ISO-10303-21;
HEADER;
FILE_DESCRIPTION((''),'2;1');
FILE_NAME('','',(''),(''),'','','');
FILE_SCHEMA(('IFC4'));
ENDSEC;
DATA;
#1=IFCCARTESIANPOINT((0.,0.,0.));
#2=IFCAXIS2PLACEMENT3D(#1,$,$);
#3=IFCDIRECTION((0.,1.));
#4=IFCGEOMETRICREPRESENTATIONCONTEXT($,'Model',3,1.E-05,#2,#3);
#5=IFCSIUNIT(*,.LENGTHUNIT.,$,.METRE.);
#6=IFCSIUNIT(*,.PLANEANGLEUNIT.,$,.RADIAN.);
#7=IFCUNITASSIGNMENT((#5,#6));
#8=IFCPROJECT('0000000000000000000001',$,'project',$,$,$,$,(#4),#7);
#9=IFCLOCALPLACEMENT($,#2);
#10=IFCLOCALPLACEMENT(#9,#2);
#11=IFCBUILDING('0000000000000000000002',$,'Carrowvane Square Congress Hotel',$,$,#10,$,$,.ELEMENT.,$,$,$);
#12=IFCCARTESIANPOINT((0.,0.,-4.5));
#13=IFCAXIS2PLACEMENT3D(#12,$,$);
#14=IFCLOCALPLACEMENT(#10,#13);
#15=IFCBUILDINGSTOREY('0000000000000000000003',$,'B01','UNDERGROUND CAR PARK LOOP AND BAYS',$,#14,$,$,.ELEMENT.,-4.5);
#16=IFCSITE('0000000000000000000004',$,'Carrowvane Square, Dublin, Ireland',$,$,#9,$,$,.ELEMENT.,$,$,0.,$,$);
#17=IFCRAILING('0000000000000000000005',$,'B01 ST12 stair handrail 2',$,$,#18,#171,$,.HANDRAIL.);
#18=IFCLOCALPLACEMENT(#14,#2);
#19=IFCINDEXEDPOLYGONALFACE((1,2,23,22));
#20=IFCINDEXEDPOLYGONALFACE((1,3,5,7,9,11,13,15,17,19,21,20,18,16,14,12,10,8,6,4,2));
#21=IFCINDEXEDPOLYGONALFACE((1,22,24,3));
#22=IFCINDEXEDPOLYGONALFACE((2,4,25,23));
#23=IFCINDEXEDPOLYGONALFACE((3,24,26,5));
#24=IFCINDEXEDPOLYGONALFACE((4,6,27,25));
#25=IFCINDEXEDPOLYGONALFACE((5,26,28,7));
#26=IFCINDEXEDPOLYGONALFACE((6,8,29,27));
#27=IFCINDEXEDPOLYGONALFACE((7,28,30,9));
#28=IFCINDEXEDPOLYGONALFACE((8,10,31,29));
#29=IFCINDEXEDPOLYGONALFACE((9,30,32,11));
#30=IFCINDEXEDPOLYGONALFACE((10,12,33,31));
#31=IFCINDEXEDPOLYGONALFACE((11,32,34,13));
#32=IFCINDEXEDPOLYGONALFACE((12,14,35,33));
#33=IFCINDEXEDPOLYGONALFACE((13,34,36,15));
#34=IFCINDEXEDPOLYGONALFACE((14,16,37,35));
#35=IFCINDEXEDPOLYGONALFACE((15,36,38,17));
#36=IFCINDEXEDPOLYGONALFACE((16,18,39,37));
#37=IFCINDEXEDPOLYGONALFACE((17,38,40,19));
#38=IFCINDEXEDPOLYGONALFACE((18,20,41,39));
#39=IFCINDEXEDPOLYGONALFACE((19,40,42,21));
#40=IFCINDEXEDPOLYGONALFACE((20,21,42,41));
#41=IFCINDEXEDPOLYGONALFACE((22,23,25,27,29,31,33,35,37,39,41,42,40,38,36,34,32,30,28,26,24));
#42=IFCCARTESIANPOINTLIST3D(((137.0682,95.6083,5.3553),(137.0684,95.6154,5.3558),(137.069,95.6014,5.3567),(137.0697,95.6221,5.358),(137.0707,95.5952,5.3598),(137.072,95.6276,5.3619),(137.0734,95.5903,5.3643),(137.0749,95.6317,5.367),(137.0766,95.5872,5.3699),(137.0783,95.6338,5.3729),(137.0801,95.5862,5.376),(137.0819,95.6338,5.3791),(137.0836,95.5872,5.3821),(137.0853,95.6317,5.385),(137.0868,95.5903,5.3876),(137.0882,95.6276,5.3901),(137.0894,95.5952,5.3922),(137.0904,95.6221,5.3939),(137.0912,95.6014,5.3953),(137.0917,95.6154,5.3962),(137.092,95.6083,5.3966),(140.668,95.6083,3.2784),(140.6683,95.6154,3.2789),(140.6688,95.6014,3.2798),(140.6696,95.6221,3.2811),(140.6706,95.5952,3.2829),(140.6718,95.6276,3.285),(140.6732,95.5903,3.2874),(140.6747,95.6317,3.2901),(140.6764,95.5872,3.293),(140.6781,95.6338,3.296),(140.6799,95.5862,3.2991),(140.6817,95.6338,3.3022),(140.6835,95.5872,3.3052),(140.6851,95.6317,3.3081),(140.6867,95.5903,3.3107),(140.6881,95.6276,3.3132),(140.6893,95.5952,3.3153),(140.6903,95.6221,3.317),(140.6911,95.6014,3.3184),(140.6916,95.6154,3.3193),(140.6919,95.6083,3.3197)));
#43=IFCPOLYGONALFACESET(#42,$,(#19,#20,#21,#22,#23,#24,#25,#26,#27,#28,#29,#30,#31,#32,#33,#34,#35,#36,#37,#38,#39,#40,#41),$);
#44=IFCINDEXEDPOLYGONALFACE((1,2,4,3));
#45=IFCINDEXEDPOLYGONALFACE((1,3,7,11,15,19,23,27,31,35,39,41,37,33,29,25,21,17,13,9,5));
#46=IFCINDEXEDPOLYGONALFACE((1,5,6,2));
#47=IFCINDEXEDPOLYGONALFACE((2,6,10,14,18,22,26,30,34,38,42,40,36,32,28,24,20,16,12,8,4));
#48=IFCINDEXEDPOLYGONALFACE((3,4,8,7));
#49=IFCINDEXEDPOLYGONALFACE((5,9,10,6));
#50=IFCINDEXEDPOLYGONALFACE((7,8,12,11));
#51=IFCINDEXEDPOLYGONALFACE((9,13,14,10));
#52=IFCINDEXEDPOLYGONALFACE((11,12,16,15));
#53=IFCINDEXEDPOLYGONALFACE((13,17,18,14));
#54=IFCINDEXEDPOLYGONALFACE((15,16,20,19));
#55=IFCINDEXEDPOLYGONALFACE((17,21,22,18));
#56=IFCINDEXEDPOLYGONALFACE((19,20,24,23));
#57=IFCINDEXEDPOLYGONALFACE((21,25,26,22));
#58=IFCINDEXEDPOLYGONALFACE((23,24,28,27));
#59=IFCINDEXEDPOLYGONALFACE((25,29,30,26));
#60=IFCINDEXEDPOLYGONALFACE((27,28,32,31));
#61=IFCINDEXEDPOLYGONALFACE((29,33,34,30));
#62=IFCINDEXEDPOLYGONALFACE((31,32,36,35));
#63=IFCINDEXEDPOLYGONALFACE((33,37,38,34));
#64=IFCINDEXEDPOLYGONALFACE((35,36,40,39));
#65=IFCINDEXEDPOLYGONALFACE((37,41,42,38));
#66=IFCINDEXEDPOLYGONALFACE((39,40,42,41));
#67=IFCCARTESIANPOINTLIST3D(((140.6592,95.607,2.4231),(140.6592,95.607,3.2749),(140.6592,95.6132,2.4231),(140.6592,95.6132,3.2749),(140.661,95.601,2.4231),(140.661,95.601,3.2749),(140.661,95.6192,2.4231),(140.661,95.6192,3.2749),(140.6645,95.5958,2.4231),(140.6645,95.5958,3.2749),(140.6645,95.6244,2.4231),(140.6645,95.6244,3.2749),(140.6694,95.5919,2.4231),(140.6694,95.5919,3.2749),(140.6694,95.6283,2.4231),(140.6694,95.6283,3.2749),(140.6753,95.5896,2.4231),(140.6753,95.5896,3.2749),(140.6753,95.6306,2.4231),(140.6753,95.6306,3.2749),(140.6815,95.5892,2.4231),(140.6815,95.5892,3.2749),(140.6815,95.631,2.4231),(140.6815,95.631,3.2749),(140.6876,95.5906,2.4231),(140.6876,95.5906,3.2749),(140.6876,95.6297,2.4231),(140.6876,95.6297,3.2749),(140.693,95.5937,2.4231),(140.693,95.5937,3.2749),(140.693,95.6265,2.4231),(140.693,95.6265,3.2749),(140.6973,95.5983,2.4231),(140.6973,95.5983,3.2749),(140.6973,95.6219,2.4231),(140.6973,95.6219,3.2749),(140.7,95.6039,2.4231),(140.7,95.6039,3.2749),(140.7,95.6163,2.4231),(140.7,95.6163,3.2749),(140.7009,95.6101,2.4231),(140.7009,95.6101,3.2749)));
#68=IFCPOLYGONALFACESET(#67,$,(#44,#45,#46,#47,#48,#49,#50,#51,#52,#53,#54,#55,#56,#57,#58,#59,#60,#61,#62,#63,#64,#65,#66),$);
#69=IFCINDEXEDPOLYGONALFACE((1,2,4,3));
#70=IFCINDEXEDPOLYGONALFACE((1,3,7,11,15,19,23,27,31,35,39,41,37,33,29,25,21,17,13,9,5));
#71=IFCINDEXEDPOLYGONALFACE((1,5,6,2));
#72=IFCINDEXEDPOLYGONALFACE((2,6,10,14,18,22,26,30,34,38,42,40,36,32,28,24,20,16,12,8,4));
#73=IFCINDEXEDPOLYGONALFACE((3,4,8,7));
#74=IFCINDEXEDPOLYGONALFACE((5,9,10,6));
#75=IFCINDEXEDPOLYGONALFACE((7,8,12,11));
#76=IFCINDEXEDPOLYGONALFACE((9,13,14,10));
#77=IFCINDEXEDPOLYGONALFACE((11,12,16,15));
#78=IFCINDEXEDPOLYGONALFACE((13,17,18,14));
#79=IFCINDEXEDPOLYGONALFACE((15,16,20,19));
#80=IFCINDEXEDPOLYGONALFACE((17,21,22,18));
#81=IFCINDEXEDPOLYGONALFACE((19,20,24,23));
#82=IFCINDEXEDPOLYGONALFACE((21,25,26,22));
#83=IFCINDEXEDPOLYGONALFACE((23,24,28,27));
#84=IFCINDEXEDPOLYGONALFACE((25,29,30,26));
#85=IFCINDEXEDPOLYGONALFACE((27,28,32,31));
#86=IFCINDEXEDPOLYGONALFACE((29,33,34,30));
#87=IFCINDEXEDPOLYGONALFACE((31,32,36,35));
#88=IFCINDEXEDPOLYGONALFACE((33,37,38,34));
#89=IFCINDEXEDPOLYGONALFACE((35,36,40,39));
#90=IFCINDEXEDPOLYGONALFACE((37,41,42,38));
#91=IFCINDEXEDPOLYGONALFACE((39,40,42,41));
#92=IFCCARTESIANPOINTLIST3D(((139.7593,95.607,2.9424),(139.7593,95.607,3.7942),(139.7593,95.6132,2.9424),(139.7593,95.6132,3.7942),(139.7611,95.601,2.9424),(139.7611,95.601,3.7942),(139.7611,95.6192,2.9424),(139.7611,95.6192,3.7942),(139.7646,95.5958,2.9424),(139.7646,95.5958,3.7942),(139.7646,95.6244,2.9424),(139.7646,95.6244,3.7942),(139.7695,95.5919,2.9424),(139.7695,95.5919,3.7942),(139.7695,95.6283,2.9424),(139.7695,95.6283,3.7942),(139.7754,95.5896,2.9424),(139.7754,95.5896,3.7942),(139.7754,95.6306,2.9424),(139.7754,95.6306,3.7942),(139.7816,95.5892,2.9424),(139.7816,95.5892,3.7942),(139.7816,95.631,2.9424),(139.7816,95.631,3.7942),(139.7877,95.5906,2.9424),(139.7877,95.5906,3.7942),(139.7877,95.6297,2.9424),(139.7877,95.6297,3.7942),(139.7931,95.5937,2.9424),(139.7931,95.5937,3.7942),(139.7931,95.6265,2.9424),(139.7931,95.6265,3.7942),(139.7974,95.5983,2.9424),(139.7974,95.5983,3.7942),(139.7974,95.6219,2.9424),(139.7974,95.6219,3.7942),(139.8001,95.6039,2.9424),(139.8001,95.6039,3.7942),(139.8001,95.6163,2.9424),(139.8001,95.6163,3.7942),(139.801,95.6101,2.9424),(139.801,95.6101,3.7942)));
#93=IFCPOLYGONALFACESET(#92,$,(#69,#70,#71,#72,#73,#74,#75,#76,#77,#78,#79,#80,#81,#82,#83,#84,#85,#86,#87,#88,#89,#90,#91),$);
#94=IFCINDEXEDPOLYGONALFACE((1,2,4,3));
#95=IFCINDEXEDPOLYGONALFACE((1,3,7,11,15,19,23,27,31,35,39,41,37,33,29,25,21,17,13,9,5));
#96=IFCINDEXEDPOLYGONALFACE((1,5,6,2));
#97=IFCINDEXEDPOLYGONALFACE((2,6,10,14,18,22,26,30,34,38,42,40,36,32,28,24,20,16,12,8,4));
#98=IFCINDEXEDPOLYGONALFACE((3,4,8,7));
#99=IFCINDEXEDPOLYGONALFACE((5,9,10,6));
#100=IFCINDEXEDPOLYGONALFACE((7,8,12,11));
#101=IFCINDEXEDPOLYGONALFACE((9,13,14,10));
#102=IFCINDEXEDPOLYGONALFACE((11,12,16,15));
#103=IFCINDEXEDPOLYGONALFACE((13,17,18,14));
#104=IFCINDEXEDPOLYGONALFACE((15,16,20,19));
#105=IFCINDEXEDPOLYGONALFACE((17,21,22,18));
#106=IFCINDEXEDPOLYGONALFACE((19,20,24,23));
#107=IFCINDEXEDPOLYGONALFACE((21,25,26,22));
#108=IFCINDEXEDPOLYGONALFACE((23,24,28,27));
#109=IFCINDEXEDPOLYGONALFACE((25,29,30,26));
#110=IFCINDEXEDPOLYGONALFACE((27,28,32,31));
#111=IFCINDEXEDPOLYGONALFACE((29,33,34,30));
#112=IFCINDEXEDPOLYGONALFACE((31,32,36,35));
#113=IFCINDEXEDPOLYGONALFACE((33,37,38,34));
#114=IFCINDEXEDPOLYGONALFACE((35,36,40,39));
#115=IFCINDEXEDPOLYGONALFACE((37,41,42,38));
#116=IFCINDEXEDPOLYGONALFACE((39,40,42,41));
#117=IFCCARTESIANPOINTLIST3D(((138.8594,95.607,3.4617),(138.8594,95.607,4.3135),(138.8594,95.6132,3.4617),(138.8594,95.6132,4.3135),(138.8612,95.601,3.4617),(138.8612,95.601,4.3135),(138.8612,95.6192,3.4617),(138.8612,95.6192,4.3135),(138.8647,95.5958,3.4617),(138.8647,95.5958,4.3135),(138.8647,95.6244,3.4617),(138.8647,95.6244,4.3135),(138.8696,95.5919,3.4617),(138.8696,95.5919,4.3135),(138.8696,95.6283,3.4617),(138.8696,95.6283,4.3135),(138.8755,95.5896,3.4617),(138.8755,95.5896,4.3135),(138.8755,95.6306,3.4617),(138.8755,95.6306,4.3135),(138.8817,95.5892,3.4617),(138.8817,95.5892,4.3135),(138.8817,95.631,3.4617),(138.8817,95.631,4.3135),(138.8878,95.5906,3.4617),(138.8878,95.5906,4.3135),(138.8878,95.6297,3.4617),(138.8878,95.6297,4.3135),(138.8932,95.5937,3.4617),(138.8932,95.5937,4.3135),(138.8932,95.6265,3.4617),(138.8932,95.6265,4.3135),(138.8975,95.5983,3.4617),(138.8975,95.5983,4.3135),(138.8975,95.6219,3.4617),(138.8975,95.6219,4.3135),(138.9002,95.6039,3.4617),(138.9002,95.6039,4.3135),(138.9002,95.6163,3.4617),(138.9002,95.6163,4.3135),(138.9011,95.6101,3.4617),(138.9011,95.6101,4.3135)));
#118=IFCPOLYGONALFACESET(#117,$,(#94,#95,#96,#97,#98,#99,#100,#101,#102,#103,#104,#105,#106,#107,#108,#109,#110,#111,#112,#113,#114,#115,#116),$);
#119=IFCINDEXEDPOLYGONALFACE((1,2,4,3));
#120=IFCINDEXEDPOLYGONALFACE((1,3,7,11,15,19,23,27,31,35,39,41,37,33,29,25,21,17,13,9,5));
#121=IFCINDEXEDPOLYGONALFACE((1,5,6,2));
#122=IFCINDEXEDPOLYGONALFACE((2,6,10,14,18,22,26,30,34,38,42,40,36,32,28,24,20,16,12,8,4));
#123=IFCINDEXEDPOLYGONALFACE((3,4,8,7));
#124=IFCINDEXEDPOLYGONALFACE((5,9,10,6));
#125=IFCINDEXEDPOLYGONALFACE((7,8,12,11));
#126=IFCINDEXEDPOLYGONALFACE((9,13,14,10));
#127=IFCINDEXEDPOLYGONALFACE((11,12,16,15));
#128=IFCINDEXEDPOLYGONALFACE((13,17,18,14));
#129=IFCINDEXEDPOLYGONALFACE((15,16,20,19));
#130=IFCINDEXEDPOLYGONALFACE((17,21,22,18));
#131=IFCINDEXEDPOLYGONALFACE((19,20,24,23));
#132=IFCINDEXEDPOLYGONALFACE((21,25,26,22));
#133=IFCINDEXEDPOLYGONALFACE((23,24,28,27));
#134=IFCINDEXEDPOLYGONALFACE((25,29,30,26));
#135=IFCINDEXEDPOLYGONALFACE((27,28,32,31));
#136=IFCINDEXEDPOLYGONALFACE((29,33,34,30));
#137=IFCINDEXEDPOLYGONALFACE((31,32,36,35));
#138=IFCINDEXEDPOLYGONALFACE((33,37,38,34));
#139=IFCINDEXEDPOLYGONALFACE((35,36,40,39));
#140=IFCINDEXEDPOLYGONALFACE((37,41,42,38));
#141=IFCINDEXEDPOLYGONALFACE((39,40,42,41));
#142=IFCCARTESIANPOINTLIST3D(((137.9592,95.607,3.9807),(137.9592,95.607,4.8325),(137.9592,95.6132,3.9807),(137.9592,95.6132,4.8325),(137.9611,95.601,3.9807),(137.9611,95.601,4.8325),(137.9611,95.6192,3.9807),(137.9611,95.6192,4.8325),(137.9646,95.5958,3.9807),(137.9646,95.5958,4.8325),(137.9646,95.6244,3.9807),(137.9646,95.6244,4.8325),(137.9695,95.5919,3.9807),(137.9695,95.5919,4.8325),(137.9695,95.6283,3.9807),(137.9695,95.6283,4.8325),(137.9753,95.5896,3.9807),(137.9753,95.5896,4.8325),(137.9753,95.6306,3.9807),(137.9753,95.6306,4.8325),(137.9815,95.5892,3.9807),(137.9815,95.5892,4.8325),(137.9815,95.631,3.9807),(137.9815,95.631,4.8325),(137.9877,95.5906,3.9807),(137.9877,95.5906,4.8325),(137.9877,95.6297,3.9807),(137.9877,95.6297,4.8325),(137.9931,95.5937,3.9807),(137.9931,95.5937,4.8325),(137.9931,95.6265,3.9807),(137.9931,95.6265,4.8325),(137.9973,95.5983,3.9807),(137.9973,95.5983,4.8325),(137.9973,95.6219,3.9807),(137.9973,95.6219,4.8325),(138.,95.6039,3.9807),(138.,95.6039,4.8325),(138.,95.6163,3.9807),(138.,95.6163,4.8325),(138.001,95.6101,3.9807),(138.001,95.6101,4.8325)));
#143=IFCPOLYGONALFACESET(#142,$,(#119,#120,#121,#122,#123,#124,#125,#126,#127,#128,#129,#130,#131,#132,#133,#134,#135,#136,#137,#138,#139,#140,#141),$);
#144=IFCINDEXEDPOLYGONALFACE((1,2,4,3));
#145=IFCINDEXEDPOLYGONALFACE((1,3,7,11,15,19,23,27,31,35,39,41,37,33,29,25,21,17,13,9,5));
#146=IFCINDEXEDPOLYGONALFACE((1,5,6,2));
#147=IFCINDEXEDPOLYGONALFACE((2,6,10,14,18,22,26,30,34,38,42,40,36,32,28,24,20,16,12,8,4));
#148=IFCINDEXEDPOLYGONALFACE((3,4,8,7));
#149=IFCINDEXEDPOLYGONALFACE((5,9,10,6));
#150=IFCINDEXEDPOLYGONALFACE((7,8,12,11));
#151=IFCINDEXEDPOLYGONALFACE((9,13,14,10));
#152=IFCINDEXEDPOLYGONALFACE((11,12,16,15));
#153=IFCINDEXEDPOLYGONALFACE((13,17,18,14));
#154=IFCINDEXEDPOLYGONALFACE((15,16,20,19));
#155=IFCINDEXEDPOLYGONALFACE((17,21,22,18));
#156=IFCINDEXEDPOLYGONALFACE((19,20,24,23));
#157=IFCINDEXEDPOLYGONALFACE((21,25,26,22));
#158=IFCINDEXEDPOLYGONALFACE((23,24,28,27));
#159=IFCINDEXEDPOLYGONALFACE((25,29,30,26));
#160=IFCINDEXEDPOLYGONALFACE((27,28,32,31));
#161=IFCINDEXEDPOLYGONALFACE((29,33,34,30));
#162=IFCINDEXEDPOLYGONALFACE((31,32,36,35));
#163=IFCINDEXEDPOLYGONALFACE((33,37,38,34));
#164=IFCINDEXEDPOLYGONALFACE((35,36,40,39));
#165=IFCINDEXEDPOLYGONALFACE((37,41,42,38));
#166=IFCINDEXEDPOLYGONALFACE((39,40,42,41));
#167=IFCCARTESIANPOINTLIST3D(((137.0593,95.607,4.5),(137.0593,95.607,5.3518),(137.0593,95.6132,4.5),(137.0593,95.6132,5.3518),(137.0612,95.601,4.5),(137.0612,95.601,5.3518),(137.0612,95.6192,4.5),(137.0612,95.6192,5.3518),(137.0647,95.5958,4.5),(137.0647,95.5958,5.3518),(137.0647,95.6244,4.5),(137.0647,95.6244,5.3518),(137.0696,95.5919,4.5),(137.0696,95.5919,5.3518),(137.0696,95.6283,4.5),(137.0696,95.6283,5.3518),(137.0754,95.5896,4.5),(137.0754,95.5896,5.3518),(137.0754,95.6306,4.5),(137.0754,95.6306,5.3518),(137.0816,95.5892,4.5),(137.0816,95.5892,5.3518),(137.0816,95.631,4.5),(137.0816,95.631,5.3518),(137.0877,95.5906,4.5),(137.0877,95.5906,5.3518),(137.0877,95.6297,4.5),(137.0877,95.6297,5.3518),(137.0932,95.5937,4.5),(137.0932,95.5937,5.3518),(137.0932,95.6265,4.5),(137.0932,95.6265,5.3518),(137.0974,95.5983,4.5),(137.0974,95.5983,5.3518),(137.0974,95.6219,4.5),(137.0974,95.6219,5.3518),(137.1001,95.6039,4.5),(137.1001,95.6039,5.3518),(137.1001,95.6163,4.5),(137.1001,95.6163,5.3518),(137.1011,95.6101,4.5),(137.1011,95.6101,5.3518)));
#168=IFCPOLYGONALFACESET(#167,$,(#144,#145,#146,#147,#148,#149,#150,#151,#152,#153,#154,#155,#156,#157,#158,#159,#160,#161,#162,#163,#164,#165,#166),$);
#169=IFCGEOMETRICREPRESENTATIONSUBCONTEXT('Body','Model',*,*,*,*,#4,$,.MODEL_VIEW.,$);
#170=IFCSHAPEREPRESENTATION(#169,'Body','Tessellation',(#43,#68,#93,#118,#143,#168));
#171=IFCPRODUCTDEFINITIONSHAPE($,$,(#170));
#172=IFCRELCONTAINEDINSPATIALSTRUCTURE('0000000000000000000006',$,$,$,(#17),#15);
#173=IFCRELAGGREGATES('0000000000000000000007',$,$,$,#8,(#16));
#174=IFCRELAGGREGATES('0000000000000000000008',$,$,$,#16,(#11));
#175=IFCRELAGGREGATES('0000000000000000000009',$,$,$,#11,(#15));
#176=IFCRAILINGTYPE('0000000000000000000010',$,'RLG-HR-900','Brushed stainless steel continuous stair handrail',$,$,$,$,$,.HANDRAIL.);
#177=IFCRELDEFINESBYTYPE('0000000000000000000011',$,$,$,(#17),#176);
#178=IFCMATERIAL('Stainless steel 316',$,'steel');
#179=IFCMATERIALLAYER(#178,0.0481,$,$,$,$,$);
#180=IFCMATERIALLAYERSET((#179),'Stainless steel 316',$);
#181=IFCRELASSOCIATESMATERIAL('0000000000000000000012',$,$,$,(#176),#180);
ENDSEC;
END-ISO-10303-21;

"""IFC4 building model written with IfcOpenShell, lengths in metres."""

from ifc_helpers import new_model, si_unit, direction, frame, origin, origin_2d, place, context, subcontext, project, spatial, circle, extrude, material, layer, layer_set, type_object, element, save


model = new_model("IFC4")

# Units and contexts
model_context = context("Model", 3, precision=1e-05, world=origin(), true_north=direction((0.0, 1.0)))
body_context = subcontext(model_context, "Body", "Model", "MODEL_VIEW")
ifc_project = project(units=[si_unit("LENGTHUNIT", "METRE"), si_unit("PLANEANGLEUNIT", "RADIAN")], contexts=[model_context])

# Site, building, storey
site_placement = place(None, origin())
site = spatial("IfcSite", under=ifc_project, at=site_placement, Name="Carrowvane Square, Dublin, Ireland", CompositionType="ELEMENT", RefElevation=0.0)
building_placement = place(site_placement, origin())
building = spatial("IfcBuilding", under=site, at=building_placement, Name="Carrowvane Square Congress Hotel", CompositionType="ELEMENT")
storey_placement = place(building_placement, frame((0.0, 0.0, -4.5)))
storey = spatial("IfcBuildingStorey", under=building, at=storey_placement, Name="B01", Description="UNDERGROUND CAR PARK LOOP AND BAYS", CompositionType="ELEMENT", Elevation=-4.5)

# Railing
ifc_material_1 = material(Name="Stainless steel 316", Category="steel")
ifc_layer_1 = layer(ifc_material_1, 0.0481)
ifc_layer_set_1 = layer_set([ifc_layer_1], Name="Stainless steel 316")
railing_type_1 = type_object("IfcRailingType", Name="RLG-HR-900", Description="Brushed stainless steel continuous stair handrail", PredefinedType="HANDRAIL", material=ifc_layer_set_1)
railing_1_placement = place(storey_placement, frame((140.6799, 95.6101, 2.4231)))
element("IfcRailing", 1, at=railing_1_placement, inside=storey, type_object=railing_type_1, Name="B01 ST12 stair handrail 2", PredefinedType="HANDRAIL", context=body_context, shape_type="SweptSolid", body=[
    extrude(circle(Radius=0.0239, at=origin_2d()), frame((0.0, 0.0, 0.876), z_axis=(-0.866179, 0.0, 0.499734), x_axis=(0.0, -1.0, 0.0)), (0.0, 0.0, 1.0), 4.156),
    extrude(circle(Radius=0.021, at=origin_2d()), origin(), (0.0, 0.0, 1.0), 0.8518),
    extrude(circle(Radius=0.021, at=origin_2d()), frame((-0.8999, 0.0, 0.5193)), (0.0, 0.0, 1.0), 0.8518),
    extrude(circle(Radius=0.021, at=origin_2d()), frame((-1.7998, 0.0, 1.0386)), (0.0, 0.0, 1.0), 0.8518),
    extrude(circle(Radius=0.021, at=origin_2d()), frame((-2.7, 0.0, 1.5576)), (0.0, 0.0, 1.0), 0.8518),
    extrude(circle(Radius=0.021, at=origin_2d()), frame((-3.5999, 0.0, 2.0769)), (0.0, 0.0, 1.0), 0.8518),
])

save(model, "model.ifc")
